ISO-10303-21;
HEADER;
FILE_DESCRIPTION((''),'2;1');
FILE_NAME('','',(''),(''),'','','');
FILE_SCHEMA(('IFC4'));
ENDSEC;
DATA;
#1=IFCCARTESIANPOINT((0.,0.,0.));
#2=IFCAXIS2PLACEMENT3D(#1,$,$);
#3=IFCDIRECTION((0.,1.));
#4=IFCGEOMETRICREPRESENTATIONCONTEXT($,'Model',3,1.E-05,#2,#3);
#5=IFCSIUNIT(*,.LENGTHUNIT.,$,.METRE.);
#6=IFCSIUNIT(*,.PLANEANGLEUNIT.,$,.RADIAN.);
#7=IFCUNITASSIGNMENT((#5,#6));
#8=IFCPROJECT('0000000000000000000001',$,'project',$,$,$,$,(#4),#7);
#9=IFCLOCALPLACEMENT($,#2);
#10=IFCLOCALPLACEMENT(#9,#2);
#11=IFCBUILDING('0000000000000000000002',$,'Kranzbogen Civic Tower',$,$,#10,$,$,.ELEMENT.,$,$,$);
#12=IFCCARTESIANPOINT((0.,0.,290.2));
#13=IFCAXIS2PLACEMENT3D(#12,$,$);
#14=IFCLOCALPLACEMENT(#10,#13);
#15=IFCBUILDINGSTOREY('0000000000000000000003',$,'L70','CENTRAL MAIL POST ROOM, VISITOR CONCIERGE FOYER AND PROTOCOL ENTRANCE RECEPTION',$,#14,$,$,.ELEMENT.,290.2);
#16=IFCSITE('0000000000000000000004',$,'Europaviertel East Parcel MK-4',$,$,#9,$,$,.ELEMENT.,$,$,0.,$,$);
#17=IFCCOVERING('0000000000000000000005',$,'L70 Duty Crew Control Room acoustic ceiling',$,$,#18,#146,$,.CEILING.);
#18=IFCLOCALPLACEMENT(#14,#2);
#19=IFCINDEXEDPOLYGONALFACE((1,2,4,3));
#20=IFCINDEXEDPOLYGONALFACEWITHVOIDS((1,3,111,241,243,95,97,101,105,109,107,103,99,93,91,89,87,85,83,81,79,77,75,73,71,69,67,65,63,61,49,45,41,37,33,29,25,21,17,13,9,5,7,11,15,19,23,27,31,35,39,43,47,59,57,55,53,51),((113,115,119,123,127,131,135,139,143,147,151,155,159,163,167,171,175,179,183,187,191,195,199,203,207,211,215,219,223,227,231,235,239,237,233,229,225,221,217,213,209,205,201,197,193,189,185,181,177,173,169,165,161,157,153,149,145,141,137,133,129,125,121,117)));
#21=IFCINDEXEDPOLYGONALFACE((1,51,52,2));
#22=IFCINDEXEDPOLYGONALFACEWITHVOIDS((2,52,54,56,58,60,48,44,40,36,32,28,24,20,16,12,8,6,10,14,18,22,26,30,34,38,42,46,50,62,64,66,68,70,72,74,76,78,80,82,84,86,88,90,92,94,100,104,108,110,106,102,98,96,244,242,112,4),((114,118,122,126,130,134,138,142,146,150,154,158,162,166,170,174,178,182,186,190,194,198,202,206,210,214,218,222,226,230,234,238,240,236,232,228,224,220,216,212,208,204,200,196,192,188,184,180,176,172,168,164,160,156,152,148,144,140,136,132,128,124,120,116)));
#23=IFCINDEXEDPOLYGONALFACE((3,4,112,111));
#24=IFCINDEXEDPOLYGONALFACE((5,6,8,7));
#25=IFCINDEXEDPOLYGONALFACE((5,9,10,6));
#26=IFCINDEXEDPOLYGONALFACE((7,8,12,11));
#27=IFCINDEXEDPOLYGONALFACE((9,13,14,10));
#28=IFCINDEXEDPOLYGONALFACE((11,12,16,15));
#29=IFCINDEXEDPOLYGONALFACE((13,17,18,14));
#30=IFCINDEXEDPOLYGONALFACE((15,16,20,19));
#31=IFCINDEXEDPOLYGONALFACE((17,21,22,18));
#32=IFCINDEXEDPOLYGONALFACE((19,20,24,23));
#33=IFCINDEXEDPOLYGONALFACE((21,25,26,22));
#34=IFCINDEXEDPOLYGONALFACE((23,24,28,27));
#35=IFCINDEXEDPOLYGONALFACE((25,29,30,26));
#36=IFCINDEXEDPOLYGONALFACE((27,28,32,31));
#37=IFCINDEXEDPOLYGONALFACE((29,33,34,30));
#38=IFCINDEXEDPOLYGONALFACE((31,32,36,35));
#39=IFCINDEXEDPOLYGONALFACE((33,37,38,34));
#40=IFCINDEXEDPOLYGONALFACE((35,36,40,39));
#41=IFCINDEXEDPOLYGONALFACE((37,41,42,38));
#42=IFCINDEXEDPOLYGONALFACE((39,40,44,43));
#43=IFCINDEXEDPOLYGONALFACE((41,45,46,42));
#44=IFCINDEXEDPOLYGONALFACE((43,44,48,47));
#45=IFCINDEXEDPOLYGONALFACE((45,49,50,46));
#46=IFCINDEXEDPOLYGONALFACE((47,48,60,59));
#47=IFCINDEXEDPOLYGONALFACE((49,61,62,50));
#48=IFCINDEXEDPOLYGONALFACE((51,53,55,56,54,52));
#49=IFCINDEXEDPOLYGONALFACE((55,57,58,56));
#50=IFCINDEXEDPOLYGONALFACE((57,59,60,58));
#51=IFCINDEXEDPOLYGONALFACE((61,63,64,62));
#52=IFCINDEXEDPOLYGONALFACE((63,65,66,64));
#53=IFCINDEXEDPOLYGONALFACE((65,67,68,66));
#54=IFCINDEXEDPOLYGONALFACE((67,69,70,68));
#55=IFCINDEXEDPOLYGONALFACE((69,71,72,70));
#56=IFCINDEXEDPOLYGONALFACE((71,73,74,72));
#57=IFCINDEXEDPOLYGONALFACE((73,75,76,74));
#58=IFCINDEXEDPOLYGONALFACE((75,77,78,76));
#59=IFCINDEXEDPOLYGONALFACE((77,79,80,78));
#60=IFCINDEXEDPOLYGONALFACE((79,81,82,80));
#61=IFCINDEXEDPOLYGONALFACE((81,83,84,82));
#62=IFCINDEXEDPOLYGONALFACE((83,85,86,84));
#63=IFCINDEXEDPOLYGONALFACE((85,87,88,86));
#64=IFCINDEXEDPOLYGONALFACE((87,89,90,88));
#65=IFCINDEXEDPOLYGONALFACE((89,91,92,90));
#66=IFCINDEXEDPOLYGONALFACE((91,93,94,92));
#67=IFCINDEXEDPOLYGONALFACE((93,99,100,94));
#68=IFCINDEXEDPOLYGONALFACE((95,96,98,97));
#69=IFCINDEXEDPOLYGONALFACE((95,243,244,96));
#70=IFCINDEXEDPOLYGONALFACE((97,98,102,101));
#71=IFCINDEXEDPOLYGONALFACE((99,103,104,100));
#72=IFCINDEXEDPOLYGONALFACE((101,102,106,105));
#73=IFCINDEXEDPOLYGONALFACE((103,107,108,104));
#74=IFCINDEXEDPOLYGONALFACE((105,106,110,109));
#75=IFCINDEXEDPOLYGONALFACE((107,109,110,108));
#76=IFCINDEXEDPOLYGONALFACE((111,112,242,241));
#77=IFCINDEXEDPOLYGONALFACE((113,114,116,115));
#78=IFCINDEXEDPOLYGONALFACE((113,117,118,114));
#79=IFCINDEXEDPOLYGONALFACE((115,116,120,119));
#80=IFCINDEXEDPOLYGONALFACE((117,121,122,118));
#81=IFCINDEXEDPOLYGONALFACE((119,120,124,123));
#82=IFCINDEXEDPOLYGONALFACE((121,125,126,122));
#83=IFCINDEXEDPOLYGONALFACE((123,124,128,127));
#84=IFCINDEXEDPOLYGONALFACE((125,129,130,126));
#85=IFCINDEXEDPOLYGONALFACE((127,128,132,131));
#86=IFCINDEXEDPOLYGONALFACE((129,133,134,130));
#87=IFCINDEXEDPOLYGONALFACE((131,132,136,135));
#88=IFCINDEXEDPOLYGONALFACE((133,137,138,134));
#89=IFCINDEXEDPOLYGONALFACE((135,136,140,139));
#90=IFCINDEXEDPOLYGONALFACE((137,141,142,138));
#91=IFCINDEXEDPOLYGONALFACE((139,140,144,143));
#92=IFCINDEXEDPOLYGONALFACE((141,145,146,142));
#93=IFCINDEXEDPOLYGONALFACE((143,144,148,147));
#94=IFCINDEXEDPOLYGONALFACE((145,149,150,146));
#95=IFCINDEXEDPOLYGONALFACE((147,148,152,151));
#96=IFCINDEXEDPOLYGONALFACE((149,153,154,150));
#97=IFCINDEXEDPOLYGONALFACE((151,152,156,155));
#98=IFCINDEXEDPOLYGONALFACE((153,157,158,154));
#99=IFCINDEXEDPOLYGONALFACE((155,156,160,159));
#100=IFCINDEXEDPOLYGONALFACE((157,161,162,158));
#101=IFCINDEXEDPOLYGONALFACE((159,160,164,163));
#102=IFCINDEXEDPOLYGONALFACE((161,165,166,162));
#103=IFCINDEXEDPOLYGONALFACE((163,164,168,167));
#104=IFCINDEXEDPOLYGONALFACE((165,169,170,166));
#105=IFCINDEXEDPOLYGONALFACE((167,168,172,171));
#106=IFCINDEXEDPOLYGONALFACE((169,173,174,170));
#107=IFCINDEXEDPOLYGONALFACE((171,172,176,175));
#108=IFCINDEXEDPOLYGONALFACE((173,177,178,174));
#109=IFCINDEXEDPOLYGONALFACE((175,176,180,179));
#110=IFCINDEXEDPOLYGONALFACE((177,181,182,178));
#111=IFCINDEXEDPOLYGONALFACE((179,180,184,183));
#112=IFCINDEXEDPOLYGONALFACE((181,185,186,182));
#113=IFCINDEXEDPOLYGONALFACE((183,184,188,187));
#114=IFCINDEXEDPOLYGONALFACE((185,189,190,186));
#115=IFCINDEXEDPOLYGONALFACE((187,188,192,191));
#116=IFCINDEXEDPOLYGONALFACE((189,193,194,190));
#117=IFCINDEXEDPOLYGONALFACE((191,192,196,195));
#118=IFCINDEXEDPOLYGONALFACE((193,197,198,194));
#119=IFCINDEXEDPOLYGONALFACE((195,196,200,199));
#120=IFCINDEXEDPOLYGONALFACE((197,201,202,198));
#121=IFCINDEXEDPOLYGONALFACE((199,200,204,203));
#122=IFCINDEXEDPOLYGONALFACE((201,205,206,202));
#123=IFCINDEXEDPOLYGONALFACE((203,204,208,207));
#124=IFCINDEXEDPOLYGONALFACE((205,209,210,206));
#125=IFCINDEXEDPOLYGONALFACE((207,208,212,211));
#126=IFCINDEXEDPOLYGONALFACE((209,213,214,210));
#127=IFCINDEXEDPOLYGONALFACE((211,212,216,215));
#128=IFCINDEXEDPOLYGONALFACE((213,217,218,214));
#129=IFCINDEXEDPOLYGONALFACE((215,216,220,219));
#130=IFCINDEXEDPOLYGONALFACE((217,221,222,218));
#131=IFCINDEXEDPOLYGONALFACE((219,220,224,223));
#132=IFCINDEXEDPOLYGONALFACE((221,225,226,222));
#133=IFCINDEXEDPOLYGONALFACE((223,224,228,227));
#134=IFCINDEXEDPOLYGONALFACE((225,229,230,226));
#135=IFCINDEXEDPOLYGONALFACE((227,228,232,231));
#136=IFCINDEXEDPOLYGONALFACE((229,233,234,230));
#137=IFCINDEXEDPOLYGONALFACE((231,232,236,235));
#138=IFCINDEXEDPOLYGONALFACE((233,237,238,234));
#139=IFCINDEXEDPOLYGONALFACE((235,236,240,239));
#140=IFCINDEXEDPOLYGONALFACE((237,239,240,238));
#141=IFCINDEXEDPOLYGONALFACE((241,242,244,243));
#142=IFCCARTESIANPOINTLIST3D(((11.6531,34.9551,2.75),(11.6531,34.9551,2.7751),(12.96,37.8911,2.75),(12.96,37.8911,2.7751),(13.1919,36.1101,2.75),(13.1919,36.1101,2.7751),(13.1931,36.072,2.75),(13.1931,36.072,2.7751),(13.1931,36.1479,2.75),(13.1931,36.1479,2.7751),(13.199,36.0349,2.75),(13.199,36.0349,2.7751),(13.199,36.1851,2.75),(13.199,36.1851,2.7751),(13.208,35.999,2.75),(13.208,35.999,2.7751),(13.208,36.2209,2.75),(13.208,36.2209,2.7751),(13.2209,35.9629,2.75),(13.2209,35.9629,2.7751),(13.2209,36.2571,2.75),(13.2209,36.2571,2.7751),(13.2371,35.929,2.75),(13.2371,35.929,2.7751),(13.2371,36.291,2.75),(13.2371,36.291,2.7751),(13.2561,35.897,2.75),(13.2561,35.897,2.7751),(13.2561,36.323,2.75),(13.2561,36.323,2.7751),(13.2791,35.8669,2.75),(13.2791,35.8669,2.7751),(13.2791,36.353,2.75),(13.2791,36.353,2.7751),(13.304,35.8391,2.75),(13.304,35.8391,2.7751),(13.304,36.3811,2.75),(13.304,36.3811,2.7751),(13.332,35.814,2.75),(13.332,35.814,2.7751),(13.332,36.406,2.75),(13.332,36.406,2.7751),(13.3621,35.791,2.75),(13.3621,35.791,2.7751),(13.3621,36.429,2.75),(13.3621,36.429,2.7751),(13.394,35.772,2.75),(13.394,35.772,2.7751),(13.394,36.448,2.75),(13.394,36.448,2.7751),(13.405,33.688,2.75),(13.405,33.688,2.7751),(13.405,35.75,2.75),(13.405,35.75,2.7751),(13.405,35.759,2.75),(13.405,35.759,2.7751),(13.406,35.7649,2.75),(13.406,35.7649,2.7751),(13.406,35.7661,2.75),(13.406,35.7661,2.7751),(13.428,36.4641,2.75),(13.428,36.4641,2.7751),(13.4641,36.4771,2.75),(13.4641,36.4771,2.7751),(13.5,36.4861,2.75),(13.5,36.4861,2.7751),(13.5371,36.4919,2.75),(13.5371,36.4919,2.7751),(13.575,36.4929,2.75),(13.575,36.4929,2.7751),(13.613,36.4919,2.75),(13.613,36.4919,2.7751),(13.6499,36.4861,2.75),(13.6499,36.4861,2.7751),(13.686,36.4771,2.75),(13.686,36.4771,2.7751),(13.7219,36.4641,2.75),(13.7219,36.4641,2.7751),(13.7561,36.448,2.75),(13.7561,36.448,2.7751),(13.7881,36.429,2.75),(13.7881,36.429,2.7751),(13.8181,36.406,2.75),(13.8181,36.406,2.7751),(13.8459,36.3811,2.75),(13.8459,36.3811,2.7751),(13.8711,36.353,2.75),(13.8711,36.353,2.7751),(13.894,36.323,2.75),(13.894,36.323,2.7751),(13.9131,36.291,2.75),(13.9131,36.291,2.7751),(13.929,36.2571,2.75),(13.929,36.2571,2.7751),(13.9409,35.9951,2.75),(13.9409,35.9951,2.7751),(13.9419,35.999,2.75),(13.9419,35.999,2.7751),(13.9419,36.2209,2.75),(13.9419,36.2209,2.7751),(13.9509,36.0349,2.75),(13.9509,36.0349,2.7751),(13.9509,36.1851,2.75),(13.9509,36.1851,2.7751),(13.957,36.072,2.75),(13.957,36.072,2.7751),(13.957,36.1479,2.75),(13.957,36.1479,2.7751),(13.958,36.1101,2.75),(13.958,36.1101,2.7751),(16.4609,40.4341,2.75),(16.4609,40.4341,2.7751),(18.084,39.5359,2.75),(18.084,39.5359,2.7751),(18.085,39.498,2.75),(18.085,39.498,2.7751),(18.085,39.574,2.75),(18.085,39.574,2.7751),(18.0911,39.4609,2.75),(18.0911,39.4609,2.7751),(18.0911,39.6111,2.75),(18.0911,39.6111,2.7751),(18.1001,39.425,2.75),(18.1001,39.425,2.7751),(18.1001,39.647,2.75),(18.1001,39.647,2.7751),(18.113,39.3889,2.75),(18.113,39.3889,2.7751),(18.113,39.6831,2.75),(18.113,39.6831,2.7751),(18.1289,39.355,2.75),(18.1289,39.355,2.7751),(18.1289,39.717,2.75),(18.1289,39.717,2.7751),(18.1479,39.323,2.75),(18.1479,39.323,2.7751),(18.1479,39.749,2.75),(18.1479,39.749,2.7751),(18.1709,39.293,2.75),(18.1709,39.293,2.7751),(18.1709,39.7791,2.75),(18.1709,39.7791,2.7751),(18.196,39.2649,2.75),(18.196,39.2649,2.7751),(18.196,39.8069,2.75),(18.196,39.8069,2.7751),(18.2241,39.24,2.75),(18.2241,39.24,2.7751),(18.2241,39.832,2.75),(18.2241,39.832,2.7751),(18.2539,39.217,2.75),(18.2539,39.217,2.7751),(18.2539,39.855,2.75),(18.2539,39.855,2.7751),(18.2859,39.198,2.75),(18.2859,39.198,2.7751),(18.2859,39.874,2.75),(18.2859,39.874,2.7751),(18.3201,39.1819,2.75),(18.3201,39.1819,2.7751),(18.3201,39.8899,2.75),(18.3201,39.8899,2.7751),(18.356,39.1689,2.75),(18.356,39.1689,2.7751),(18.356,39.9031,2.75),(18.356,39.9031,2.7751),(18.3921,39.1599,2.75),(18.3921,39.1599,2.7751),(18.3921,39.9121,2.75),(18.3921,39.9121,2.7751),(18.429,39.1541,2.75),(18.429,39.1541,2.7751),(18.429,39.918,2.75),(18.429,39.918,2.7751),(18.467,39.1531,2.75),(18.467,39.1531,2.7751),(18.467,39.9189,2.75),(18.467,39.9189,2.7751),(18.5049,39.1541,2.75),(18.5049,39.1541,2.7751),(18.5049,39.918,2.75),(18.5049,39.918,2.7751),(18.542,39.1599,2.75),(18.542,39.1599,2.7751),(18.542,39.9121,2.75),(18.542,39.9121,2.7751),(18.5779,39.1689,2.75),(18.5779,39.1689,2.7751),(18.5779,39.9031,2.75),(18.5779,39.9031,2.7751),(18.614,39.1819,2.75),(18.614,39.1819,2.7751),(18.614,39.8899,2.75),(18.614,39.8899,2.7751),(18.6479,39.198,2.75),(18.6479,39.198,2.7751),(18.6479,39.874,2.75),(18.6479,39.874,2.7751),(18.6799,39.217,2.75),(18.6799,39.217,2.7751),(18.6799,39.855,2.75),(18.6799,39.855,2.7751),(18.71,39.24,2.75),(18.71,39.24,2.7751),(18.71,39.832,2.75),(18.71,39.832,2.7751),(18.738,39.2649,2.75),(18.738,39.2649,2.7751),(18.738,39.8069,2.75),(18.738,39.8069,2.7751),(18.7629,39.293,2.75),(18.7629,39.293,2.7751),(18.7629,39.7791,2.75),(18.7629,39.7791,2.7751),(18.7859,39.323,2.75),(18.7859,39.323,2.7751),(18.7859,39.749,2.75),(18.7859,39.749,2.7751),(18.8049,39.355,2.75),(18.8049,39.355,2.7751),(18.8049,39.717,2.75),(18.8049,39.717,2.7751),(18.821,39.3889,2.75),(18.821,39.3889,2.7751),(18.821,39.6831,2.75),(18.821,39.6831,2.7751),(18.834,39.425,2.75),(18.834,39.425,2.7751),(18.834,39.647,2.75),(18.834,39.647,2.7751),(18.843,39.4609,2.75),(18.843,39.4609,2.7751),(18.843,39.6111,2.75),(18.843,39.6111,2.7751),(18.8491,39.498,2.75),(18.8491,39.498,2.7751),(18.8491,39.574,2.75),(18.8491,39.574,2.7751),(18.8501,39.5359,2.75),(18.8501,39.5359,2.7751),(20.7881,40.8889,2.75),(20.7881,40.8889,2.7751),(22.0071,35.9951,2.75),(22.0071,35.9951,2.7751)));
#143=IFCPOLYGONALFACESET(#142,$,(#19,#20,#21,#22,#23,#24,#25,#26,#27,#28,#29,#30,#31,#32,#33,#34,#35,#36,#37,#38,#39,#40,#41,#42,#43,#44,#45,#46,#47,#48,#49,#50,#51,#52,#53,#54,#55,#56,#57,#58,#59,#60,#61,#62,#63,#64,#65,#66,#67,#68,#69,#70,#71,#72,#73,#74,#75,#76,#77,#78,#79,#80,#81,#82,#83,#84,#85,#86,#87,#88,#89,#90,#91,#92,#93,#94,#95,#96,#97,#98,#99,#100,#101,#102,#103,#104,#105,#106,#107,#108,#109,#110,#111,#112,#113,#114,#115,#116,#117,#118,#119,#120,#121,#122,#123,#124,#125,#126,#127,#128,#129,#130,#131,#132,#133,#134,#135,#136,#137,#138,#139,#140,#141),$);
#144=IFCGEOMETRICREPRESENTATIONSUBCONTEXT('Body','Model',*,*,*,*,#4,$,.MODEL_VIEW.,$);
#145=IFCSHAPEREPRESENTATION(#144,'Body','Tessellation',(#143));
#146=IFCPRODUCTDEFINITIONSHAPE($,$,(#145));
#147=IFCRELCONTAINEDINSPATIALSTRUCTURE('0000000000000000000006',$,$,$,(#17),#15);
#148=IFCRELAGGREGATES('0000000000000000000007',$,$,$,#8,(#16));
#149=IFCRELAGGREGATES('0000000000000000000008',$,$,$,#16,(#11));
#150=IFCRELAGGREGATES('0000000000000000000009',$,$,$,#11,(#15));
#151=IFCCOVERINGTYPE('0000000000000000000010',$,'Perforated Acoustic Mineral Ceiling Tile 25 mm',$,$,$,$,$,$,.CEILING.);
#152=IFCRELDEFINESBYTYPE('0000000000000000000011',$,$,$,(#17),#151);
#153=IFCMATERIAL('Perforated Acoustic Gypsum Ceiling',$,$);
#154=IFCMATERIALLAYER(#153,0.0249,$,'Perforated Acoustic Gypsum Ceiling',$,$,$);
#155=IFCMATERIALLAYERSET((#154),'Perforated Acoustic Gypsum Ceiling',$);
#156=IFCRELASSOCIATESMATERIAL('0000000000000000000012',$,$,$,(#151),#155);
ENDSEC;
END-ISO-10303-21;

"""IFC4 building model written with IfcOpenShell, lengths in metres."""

from ifc_helpers import new_model, si_unit, direction, frame, origin, place, context, subcontext, project, spatial, polyline, outline, extrude, material, layer, layer_set, type_object, element, save


model = new_model("IFC4")

# Units and contexts
model_context = context("Model", 3, precision=1e-05, world=origin(), true_north=direction((0.0, 1.0)))
body_context = subcontext(model_context, "Body", "Model", "MODEL_VIEW")
ifc_project = project(units=[si_unit("LENGTHUNIT", "METRE"), si_unit("PLANEANGLEUNIT", "RADIAN")], contexts=[model_context])

# Site, building, storey
site_placement = place(None, origin())
site = spatial("IfcSite", under=ifc_project, at=site_placement, Name="Europaviertel East Parcel MK-4", CompositionType="ELEMENT", RefElevation=0.0)
building_placement = place(site_placement, origin())
building = spatial("IfcBuilding", under=site, at=building_placement, Name="Kranzbogen Civic Tower", CompositionType="ELEMENT")
storey_placement = place(building_placement, frame((0.0, 0.0, 290.2)))
storey = spatial("IfcBuildingStorey", under=building, at=storey_placement, Name="L70", Description="CENTRAL MAIL POST ROOM, VISITOR CONCIERGE FOYER AND PROTOCOL ENTRANCE RECEPTION", CompositionType="ELEMENT", Elevation=290.2)

# Covering
ifc_material_1 = material(Name="Perforated Acoustic Gypsum Ceiling")
ifc_layer_1 = layer(ifc_material_1, 0.0249, Name="Perforated Acoustic Gypsum Ceiling")
ifc_layer_set_1 = layer_set([ifc_layer_1], Name="Perforated Acoustic Gypsum Ceiling")
covering_type = type_object("IfcCoveringType", Name="Perforated Acoustic Mineral Ceiling Tile 25 mm", PredefinedType="CEILING", material=ifc_layer_set_1)
covering_1_placement = place(storey_placement, frame((0.0, 0.0, 2.75)))
element("IfcCovering", 1, at=covering_1_placement, inside=storey, type_object=covering_type, Name="L70 Duty Crew Control Room acoustic ceiling", PredefinedType="CEILING", context=body_context, shape_type="SweptSolid", body=[
    extrude(outline(polyline([(16.4609, 40.4341), (20.7881, 40.8889), (22.0071, 35.9951), (13.9409, 35.9951), (13.9419, 35.999), (13.9509, 36.0349), (13.957, 36.072), (13.958, 36.1101), (13.957, 36.1479), (13.9509, 36.1851), (13.9419, 36.2209), (13.929, 36.2571), (13.9131, 36.291), (13.894, 36.323), (13.8711, 36.353), (13.8459, 36.3811), (13.8181, 36.406), (13.7881, 36.429), (13.7561, 36.448), (13.7219, 36.4641), (13.686, 36.4771), (13.6499, 36.4861), (13.613, 36.4919), (13.575, 36.4929), (13.5371, 36.4919), (13.5, 36.4861), (13.4641, 36.4771), (13.428, 36.4641), (13.394, 36.448), (13.3621, 36.429), (13.332, 36.406), (13.304, 36.3811), (13.2791, 36.353), (13.2561, 36.323), (13.2371, 36.291), (13.2209, 36.2571), (13.208, 36.2209), (13.199, 36.1851), (13.1931, 36.1479), (13.1919, 36.1101), (13.1931, 36.072), (13.199, 36.0349), (13.208, 35.999), (13.2209, 35.9629), (13.2371, 35.929), (13.2561, 35.897), (13.2791, 35.8669), (13.304, 35.8391), (13.332, 35.814), (13.3621, 35.791), (13.394, 35.772), (13.406, 35.7661), (13.406, 35.7649), (13.405, 35.759), (13.405, 35.75), (13.405, 33.688), (11.6531, 34.9551), (12.96, 37.8911), (16.4609, 40.4341)]), holes=[polyline([(18.821, 39.3889), (18.8049, 39.355), (18.7859, 39.323), (18.7629, 39.293), (18.738, 39.2649), (18.71, 39.24), (18.6799, 39.217), (18.6479, 39.198), (18.614, 39.1819), (18.5779, 39.1689), (18.542, 39.1599), (18.5049, 39.1541), (18.467, 39.1531), (18.429, 39.1541), (18.3921, 39.1599), (18.356, 39.1689), (18.3201, 39.1819), (18.2859, 39.198), (18.2539, 39.217), (18.2241, 39.24), (18.196, 39.2649), (18.1709, 39.293), (18.1479, 39.323), (18.1289, 39.355), (18.113, 39.3889), (18.1001, 39.425), (18.0911, 39.4609), (18.085, 39.498), (18.084, 39.5359), (18.085, 39.574), (18.0911, 39.6111), (18.1001, 39.647), (18.113, 39.6831), (18.1289, 39.717), (18.1479, 39.749), (18.1709, 39.7791), (18.196, 39.8069), (18.2241, 39.832), (18.2539, 39.855), (18.2859, 39.874), (18.3201, 39.8899), (18.356, 39.9031), (18.3921, 39.9121), (18.429, 39.918), (18.467, 39.9189), (18.5049, 39.918), (18.542, 39.9121), (18.5779, 39.9031), (18.614, 39.8899), (18.6479, 39.874), (18.6799, 39.855), (18.71, 39.832), (18.738, 39.8069), (18.7629, 39.7791), (18.7859, 39.749), (18.8049, 39.717), (18.821, 39.6831), (18.834, 39.647), (18.843, 39.6111), (18.8491, 39.574), (18.8501, 39.5359), (18.8491, 39.498), (18.843, 39.4609), (18.834, 39.425), (18.821, 39.3889)])]), origin(), (0.0, 0.0, 1.0), 0.0251),
])

save(model, "model.ifc")
